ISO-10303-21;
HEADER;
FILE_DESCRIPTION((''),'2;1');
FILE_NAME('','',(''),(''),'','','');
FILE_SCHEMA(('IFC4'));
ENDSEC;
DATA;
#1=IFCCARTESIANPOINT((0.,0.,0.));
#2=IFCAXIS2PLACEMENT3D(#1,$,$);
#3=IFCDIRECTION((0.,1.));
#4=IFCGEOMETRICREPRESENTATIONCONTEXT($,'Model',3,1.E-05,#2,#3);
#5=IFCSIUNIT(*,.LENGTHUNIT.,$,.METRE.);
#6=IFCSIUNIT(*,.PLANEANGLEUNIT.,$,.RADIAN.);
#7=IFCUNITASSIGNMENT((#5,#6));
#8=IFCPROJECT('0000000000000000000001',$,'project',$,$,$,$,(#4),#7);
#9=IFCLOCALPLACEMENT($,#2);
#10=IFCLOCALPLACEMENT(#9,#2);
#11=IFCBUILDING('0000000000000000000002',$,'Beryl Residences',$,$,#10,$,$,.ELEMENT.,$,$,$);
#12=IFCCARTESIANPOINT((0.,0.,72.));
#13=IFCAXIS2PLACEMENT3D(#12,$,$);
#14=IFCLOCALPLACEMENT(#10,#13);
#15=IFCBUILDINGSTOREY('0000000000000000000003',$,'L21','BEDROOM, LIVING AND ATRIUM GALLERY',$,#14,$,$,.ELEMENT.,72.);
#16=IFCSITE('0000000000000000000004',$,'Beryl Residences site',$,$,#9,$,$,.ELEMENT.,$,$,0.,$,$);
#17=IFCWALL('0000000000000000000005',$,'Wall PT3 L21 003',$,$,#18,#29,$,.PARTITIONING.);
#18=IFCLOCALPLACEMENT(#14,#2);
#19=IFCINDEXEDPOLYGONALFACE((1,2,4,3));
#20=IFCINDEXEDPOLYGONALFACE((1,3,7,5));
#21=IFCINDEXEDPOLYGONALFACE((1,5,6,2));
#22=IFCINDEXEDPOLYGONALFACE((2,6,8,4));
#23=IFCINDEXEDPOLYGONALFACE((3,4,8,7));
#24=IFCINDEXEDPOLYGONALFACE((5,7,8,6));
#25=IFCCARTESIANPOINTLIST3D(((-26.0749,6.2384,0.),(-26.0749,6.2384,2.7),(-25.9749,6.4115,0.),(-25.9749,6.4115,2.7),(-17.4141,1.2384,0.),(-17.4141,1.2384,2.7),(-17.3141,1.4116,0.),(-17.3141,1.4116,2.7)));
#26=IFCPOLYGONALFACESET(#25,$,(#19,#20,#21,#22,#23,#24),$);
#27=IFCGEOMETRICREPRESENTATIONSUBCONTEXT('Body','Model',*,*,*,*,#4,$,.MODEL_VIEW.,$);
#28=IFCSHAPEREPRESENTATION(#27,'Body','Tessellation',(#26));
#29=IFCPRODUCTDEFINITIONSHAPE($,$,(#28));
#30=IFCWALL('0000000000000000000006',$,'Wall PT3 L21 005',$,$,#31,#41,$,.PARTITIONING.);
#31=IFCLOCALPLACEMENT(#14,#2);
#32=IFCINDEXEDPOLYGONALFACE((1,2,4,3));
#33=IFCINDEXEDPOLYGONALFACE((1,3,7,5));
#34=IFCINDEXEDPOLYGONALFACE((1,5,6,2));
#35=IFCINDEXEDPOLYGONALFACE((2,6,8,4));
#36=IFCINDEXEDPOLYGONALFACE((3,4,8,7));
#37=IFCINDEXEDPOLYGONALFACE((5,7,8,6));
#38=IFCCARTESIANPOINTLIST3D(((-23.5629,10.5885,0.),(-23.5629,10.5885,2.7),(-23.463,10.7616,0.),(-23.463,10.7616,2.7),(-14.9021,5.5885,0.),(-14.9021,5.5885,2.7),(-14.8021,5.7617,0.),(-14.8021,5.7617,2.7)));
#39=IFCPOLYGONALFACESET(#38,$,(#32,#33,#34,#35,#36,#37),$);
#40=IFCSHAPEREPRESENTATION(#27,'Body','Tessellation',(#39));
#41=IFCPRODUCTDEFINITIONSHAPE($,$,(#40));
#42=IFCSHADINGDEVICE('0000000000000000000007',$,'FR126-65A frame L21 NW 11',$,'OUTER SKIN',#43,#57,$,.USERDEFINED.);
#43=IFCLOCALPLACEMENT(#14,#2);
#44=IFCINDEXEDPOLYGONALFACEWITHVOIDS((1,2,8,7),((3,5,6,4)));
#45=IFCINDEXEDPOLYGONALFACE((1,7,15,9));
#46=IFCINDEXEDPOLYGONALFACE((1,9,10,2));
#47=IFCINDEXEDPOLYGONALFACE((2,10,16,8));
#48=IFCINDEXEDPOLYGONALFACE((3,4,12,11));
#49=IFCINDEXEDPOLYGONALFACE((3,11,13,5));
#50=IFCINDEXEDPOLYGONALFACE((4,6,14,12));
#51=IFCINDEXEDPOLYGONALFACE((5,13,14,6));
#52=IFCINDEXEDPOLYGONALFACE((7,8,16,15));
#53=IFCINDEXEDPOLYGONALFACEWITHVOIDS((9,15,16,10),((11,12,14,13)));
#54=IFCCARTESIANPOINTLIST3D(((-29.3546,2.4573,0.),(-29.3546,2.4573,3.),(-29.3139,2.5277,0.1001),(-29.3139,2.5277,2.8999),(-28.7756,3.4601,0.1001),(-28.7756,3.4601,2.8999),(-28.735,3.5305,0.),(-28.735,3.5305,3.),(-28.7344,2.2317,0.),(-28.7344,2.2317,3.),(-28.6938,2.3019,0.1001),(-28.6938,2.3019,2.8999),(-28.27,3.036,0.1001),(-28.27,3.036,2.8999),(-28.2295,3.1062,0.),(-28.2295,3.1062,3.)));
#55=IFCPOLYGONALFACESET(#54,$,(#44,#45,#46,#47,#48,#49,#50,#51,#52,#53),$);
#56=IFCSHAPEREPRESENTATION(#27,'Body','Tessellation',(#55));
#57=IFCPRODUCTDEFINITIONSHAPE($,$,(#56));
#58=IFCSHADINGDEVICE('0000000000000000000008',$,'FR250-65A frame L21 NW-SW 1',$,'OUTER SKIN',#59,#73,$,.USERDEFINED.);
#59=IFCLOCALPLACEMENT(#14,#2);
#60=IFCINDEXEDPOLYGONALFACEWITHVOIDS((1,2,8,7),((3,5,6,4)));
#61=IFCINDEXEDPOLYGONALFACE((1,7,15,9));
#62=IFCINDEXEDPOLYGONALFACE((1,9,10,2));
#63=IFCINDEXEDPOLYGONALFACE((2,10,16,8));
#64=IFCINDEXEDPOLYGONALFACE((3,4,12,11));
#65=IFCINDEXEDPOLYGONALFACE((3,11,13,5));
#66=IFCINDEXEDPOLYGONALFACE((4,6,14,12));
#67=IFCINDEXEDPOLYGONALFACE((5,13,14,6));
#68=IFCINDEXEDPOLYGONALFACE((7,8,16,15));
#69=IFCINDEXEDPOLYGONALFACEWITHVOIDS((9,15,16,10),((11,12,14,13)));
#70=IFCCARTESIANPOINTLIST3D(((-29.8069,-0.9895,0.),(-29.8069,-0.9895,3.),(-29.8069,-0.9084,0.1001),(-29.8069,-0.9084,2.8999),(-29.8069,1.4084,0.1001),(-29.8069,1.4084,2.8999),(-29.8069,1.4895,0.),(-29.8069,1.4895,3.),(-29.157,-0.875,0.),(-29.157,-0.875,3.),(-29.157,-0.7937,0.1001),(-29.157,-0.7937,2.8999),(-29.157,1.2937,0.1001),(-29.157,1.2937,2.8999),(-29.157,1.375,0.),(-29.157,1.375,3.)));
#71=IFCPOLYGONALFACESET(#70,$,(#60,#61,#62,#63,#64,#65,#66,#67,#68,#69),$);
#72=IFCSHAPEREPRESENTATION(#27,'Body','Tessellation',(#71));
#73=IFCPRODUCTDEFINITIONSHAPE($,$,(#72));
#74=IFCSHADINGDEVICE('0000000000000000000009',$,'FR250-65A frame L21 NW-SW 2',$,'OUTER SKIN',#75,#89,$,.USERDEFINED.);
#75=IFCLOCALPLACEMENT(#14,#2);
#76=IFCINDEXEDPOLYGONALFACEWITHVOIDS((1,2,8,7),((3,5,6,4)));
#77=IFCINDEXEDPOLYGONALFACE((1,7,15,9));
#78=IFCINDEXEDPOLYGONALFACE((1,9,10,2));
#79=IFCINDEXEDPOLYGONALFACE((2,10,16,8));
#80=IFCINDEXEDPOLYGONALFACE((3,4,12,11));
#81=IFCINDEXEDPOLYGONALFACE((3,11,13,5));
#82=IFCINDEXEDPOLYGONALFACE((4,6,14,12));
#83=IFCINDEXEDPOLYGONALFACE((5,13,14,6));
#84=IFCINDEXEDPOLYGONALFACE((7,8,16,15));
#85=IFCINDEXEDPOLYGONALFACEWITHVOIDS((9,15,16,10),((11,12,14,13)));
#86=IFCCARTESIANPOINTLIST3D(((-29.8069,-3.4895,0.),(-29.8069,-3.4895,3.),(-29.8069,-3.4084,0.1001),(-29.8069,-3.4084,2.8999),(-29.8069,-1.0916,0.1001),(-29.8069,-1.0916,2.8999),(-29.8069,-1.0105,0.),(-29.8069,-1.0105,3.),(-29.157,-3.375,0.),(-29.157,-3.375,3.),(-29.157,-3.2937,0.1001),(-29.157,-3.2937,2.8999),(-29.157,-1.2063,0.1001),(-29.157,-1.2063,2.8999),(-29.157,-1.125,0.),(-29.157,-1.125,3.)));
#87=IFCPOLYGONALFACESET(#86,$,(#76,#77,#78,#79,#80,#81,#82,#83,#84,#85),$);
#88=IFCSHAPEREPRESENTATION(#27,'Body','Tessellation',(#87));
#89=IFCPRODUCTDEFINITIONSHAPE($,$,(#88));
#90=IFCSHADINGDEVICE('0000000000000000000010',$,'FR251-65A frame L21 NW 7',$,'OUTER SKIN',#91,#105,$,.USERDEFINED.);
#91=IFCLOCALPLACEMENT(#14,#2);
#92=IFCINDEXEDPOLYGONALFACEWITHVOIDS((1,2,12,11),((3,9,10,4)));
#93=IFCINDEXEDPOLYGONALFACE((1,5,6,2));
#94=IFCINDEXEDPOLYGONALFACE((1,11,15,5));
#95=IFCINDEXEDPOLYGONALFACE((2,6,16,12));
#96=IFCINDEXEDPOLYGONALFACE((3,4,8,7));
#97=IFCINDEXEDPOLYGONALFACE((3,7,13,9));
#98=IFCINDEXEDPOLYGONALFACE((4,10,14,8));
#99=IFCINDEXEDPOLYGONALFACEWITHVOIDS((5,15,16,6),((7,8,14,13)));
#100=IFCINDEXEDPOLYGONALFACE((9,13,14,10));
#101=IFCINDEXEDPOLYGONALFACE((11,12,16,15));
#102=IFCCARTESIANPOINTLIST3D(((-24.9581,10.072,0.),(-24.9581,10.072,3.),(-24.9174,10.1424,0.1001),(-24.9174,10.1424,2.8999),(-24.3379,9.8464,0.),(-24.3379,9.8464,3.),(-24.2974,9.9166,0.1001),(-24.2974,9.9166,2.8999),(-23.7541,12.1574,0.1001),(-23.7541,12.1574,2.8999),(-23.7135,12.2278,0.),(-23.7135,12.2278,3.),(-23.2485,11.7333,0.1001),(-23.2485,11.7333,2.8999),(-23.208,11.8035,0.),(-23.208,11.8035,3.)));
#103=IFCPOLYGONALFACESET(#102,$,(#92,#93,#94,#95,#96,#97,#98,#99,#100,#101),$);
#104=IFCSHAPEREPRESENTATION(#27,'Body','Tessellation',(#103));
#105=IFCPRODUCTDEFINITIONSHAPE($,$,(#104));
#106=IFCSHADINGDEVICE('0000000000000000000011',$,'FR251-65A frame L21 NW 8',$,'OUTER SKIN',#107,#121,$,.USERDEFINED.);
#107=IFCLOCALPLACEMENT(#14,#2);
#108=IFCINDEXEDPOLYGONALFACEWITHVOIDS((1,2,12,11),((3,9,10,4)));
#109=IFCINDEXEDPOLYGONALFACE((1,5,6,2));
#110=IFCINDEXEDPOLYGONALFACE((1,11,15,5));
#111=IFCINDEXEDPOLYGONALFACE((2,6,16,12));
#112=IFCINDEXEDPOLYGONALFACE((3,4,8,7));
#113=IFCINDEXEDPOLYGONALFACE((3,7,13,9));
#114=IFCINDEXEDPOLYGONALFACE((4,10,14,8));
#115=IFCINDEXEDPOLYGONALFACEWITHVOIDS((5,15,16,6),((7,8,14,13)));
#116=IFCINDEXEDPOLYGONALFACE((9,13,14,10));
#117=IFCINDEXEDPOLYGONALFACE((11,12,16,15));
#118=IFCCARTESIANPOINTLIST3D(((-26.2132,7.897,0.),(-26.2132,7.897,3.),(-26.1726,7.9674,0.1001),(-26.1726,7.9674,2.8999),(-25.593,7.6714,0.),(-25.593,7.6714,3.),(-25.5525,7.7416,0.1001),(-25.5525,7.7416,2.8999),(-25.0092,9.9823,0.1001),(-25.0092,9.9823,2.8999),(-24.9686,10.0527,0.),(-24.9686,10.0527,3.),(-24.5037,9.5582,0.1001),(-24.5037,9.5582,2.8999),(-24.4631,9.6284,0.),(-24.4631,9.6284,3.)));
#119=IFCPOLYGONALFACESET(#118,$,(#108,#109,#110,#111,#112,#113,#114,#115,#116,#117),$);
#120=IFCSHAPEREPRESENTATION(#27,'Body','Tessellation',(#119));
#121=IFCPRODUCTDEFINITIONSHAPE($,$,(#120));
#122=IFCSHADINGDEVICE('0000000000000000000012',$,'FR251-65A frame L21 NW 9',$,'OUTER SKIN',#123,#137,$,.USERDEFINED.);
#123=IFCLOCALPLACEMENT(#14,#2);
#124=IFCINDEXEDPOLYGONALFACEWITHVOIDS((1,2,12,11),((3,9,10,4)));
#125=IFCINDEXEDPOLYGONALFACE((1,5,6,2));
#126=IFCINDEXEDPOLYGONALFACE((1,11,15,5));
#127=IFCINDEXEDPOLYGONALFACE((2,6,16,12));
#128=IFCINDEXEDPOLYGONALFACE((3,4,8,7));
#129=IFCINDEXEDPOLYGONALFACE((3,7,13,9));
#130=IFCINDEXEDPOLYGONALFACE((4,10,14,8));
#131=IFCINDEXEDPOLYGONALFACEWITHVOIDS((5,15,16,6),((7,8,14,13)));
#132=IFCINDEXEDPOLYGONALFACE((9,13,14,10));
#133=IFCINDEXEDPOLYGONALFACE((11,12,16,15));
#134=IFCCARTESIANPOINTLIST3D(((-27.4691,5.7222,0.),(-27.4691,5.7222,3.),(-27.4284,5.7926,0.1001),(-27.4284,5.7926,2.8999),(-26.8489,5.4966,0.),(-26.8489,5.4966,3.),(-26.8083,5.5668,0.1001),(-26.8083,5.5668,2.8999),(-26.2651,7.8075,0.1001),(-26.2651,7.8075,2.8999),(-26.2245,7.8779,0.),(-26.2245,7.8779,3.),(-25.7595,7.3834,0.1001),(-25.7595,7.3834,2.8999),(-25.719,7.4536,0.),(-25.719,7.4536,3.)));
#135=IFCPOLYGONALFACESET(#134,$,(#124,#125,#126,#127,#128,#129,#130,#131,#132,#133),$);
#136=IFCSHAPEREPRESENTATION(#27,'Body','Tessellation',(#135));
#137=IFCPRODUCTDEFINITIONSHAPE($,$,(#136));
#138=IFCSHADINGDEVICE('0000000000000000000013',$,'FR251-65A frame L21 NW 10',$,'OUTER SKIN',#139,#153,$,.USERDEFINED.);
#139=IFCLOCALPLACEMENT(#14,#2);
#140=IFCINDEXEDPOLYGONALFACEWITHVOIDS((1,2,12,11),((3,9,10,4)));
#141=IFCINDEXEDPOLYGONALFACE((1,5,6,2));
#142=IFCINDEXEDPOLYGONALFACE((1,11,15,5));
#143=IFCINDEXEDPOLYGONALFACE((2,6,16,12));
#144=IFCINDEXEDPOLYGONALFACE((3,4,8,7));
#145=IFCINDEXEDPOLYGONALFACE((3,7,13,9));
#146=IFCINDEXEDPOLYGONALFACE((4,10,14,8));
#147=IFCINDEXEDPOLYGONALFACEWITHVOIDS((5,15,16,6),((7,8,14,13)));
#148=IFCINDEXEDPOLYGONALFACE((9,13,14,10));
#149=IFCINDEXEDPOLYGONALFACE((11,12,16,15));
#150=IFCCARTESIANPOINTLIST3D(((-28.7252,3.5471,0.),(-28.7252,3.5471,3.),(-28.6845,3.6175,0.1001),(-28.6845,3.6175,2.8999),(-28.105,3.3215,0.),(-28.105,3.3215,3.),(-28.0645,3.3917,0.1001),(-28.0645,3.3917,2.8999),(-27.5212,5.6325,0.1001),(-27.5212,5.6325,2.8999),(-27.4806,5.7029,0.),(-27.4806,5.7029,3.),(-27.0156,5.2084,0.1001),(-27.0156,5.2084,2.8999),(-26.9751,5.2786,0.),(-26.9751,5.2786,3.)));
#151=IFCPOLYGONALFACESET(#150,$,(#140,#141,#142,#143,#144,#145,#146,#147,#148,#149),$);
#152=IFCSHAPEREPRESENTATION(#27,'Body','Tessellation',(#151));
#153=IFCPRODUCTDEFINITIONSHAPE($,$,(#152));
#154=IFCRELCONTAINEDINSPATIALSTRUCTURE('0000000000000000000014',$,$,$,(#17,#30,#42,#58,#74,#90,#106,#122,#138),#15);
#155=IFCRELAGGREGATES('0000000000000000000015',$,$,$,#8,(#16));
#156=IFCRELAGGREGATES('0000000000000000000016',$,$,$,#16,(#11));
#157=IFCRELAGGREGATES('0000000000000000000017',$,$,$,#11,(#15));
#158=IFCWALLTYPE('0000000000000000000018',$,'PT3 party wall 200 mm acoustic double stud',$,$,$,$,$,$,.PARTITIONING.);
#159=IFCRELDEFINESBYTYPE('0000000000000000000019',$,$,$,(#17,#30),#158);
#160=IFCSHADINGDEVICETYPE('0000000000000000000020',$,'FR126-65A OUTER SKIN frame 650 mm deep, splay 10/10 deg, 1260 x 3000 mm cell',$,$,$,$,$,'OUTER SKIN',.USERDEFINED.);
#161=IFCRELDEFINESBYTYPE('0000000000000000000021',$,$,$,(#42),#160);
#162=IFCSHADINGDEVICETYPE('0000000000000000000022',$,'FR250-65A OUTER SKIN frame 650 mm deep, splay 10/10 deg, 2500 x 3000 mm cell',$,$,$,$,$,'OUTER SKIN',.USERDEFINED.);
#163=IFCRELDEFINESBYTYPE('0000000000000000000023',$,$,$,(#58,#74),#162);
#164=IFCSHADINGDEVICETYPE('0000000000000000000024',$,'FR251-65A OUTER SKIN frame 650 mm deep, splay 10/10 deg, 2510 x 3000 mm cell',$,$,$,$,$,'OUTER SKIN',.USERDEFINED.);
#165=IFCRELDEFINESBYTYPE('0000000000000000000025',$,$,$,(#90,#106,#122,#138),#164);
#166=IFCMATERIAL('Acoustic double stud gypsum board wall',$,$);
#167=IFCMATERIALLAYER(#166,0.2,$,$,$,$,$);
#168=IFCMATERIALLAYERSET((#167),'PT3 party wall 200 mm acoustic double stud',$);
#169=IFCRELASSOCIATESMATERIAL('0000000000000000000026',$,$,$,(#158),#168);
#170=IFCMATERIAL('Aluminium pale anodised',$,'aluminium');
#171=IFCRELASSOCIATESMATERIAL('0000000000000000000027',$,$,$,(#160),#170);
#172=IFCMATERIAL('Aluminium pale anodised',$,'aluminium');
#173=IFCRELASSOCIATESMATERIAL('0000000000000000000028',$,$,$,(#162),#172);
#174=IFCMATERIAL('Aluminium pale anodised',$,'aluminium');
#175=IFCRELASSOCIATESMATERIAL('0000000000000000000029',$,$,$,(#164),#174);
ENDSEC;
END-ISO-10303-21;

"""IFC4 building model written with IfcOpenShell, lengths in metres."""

from ifc_helpers import new_model, entity, si_unit, direction, frame, frame_2d, origin, place, context, subcontext, project, spatial, rectangle, extrude, source, transform, mapped, material, layer, layer_set, type_object, type_shapes, element, save


model = new_model("IFC4")

# Units and contexts
model_context = context("Model", 3, precision=1e-05, world=origin(), true_north=direction((0.0, 1.0)))
body_context = subcontext(model_context, "Body", "Model", "MODEL_VIEW")
ifc_project = project(units=[si_unit("LENGTHUNIT", "METRE"), si_unit("PLANEANGLEUNIT", "RADIAN")], contexts=[model_context])

# Site, building, storey
site_placement = place(None, origin())
site = spatial("IfcSite", under=ifc_project, at=site_placement, Name="Beryl Residences site", CompositionType="ELEMENT", RefElevation=0.0)
building_placement = place(site_placement, origin())
building = spatial("IfcBuilding", under=site, at=building_placement, Name="Beryl Residences", CompositionType="ELEMENT")
storey_placement = place(building_placement, frame((0.0, 0.0, 72.0)))
storey = spatial("IfcBuildingStorey", under=building, at=storey_placement, Name="L21", Description="BEDROOM, LIVING AND ATRIUM GALLERY", CompositionType="ELEMENT", Elevation=72.0)

# Walls
ifc_material_1 = material(Name="Acoustic double stud gypsum board wall")
ifc_layer_1 = layer(ifc_material_1, 0.2)
ifc_layer_set_1 = layer_set([ifc_layer_1], Name="PT3 party wall 200 mm acoustic double stud")
wall_type_1 = type_object("IfcWallType", Name="PT3 party wall 200 mm acoustic double stud", PredefinedType="PARTITIONING", material=ifc_layer_set_1)
for number, where, z_axis, x_axis, name in (
    (1, (-26.0249, 6.325, 0.0), (0.0, 0.0, 1.0), (0.866041, -0.499973, 0.0), "Wall PT3 L21 003"),
    (2, (-23.5129, 10.675, 0.0), (0.0, 0.0, 1.0), (0.866041, -0.499973, 0.0), "Wall PT3 L21 005"),
):
    element("IfcWall", number, at=place(storey_placement, frame(where, z_axis=z_axis, x_axis=x_axis)), inside=storey, type_object=wall_type_1, Name=name, PredefinedType="PARTITIONING", context=body_context, shape_type="SweptSolid", body=[
        extrude(rectangle(XDim=10.0005, YDim=0.2, at=frame_2d((5.0002, 0.0))), origin(), (0.0, 0.0, 1.0), 2.7),
    ])

# Shading devices
ifc_material_2 = material(Name="Aluminium pale anodised", Category="aluminium")
shading_device_type_1 = type_object("IfcShadingDeviceType", Name="FR126-65A OUTER SKIN frame 650 mm deep, splay 10/10 deg, 1260 x 3000 mm cell", ElementType="OUTER SKIN", PredefinedType="USERDEFINED", material=ifc_material_2)
cartesian_point_1 = entity("IfcCartesianPoint", [-0.5049, 0.0])
cartesian_point_2 = entity("IfcCartesianPoint", [-0.4238, 0.1001])
cartesian_point_3 = entity("IfcCartesianPoint", [-0.6196, 0.0])
cartesian_point_4 = entity("IfcCartesianPoint", [-0.5383, 0.1001])
shared_shape_1 = source(origin(), body_context, "Body", "SweptSolid", [
    entity("IfcExtrudedAreaSolidTapered", entity("IfcArbitraryProfileDefWithVoids", "AREA", None, entity("IfcPolyline", [cartesian_point_1, entity("IfcCartesianPoint", [0.5049, 0.0]), entity("IfcCartesianPoint", [0.5049, 3.0]), entity("IfcCartesianPoint", [-0.5049, 3.0]), cartesian_point_1]), [entity("IfcPolyline", [cartesian_point_2, entity("IfcCartesianPoint", [0.4238, 0.1001]), entity("IfcCartesianPoint", [0.4238, 2.8999]), entity("IfcCartesianPoint", [-0.4238, 2.8999]), cartesian_point_2])]), entity("IfcAxis2Placement3D", entity("IfcCartesianPoint", [0.0, 0.0, 0.0]), entity("IfcDirection", [0.0, 1.0, 0.0]), entity("IfcDirection", [-1.0, 0.0, 0.0])), entity("IfcDirection", [0.0, 0.0, 1.0]), 0.6499, entity("IfcArbitraryProfileDefWithVoids", "AREA", None, entity("IfcPolyline", [cartesian_point_3, entity("IfcCartesianPoint", [0.6196, 0.0]), entity("IfcCartesianPoint", [0.6196, 3.0]), entity("IfcCartesianPoint", [-0.6196, 3.0]), cartesian_point_3]), [entity("IfcPolyline", [cartesian_point_4, entity("IfcCartesianPoint", [0.5383, 0.1001]), entity("IfcCartesianPoint", [0.5383, 2.8999]), entity("IfcCartesianPoint", [-0.5383, 2.8999]), cartesian_point_4])])),
])
type_shapes(shading_device_type_1, [shared_shape_1])
shading_device_placement = place(storey_placement, frame((-28.4819, 2.6689, 0.0), z_axis=(0.0, 0.0, 1.0), x_axis=(0.5, 0.866025, 0.0)))
element("IfcShadingDevice", 3, at=shading_device_placement, inside=storey, type_object=shading_device_type_1, Name="FR126-65A frame L21 NW 11", ObjectType="OUTER SKIN", PredefinedType="USERDEFINED", context=body_context, shape_type="MappedRepresentation", body=[
    mapped(shared_shape_1, transform((0.0, 0.0, 0.0))),
])
ifc_material_3 = material(Name="Aluminium pale anodised", Category="aluminium")
shading_device_type_2 = type_object("IfcShadingDeviceType", Name="FR250-65A OUTER SKIN frame 650 mm deep, splay 10/10 deg, 2500 x 3000 mm cell", ElementType="OUTER SKIN", PredefinedType="USERDEFINED", material=ifc_material_3)
cartesian_point_5 = entity("IfcCartesianPoint", [-1.125, 0.0])
cartesian_point_6 = entity("IfcCartesianPoint", [-1.0437, 0.1001])
cartesian_point_7 = entity("IfcCartesianPoint", [-1.2395, 0.0])
cartesian_point_8 = entity("IfcCartesianPoint", [-1.1584, 0.1001])
shared_shape_2 = source(origin(), body_context, "Body", "SweptSolid", [
    entity("IfcExtrudedAreaSolidTapered", entity("IfcArbitraryProfileDefWithVoids", "AREA", None, entity("IfcPolyline", [cartesian_point_5, entity("IfcCartesianPoint", [1.125, 0.0]), entity("IfcCartesianPoint", [1.125, 3.0]), entity("IfcCartesianPoint", [-1.125, 3.0]), cartesian_point_5]), [entity("IfcPolyline", [cartesian_point_6, entity("IfcCartesianPoint", [1.0437, 0.1001]), entity("IfcCartesianPoint", [1.0437, 2.8999]), entity("IfcCartesianPoint", [-1.0437, 2.8999]), cartesian_point_6])]), entity("IfcAxis2Placement3D", entity("IfcCartesianPoint", [0.0, 0.0, 0.0]), entity("IfcDirection", [0.0, 1.0, 0.0]), entity("IfcDirection", [-1.0, 0.0, 0.0])), entity("IfcDirection", [0.0, 0.0, 1.0]), 0.6499, entity("IfcArbitraryProfileDefWithVoids", "AREA", None, entity("IfcPolyline", [cartesian_point_7, entity("IfcCartesianPoint", [1.2395, 0.0]), entity("IfcCartesianPoint", [1.2395, 3.0]), entity("IfcCartesianPoint", [-1.2395, 3.0]), cartesian_point_7]), [entity("IfcPolyline", [cartesian_point_8, entity("IfcCartesianPoint", [1.1584, 0.1001]), entity("IfcCartesianPoint", [1.1584, 2.8999]), entity("IfcCartesianPoint", [-1.1584, 2.8999]), cartesian_point_8])])),
])
type_shapes(shading_device_type_2, [shared_shape_2])
for number, where, z_axis, x_axis, name in (
    (4, (-29.157, 0.25, 0.0), (0.0, 0.0, 1.0), (0.0, 1.0, 0.0), "FR250-65A frame L21 NW-SW 1"),
    (5, (-29.157, -2.25, 0.0), (0.0, 0.0, 1.0), (0.0, 1.0, 0.0), "FR250-65A frame L21 NW-SW 2"),
):
    element("IfcShadingDevice", number, at=place(storey_placement, frame(where, z_axis=z_axis, x_axis=x_axis)), inside=storey, type_object=shading_device_type_2, Name=name, ObjectType="OUTER SKIN", PredefinedType="USERDEFINED", context=body_context, shape_type="MappedRepresentation", body=[
        mapped(shared_shape_2, transform((0.0, 0.0, 0.0))),
    ])
ifc_material_4 = material(Name="Aluminium pale anodised", Category="aluminium")
shading_device_type_3 = type_object("IfcShadingDeviceType", Name="FR251-65A OUTER SKIN frame 650 mm deep, splay 10/10 deg, 2510 x 3000 mm cell", ElementType="OUTER SKIN", PredefinedType="USERDEFINED", material=ifc_material_4)
cartesian_point_9 = entity("IfcCartesianPoint", [-1.1299, 0.0])
cartesian_point_10 = entity("IfcCartesianPoint", [-1.0488, 0.1001])
cartesian_point_11 = entity("IfcCartesianPoint", [-1.2446, 0.0])
cartesian_point_12 = entity("IfcCartesianPoint", [-1.1633, 0.1001])
shared_shape_3 = source(origin(), body_context, "Body", "SweptSolid", [
    entity("IfcExtrudedAreaSolidTapered", entity("IfcArbitraryProfileDefWithVoids", "AREA", None, entity("IfcPolyline", [cartesian_point_9, entity("IfcCartesianPoint", [1.1299, 0.0]), entity("IfcCartesianPoint", [1.1299, 3.0]), entity("IfcCartesianPoint", [-1.1299, 3.0]), cartesian_point_9]), [entity("IfcPolyline", [cartesian_point_10, entity("IfcCartesianPoint", [1.0488, 0.1001]), entity("IfcCartesianPoint", [1.0488, 2.8999]), entity("IfcCartesianPoint", [-1.0488, 2.8999]), cartesian_point_10])]), entity("IfcAxis2Placement3D", entity("IfcCartesianPoint", [0.0, 0.0, 0.0]), entity("IfcDirection", [0.0, 1.0, 0.0]), entity("IfcDirection", [-1.0, 0.0, 0.0])), entity("IfcDirection", [0.0, 0.0, 1.0]), 0.6499, entity("IfcArbitraryProfileDefWithVoids", "AREA", None, entity("IfcPolyline", [cartesian_point_11, entity("IfcCartesianPoint", [1.2446, 0.0]), entity("IfcCartesianPoint", [1.2446, 3.0]), entity("IfcCartesianPoint", [-1.2446, 3.0]), cartesian_point_11]), [entity("IfcPolyline", [cartesian_point_12, entity("IfcCartesianPoint", [1.1633, 0.1001]), entity("IfcCartesianPoint", [1.1633, 2.8999]), entity("IfcCartesianPoint", [-1.1633, 2.8999]), cartesian_point_12])])),
])
type_shapes(shading_device_type_3, [shared_shape_3])
for number, where, z_axis, x_axis, name in (
    (6, (-23.7729, 10.825, 0.0), (0.0, 0.0, 1.0), (0.5, 0.866025, 0.0), "FR251-65A frame L21 NW 7"),
    (7, (-25.0281, 8.6499, 0.0), (0.0, 0.0, 1.0), (0.5, 0.866025, 0.0), "FR251-65A frame L21 NW 8"),
    (8, (-26.2839, 6.4751, 0.0), (0.0, 0.0, 1.0), (0.5, 0.866025, 0.0), "FR251-65A frame L21 NW 9"),
    (9, (-27.54, 4.3, 0.0), (0.0, 0.0, 1.0), (0.5, 0.866025, 0.0), "FR251-65A frame L21 NW 10"),
):
    element("IfcShadingDevice", number, at=place(storey_placement, frame(where, z_axis=z_axis, x_axis=x_axis)), inside=storey, type_object=shading_device_type_3, Name=name, ObjectType="OUTER SKIN", PredefinedType="USERDEFINED", context=body_context, shape_type="MappedRepresentation", body=[
        mapped(shared_shape_3, transform((0.0, 0.0, 0.0))),
    ])

save(model, "model.ifc")
